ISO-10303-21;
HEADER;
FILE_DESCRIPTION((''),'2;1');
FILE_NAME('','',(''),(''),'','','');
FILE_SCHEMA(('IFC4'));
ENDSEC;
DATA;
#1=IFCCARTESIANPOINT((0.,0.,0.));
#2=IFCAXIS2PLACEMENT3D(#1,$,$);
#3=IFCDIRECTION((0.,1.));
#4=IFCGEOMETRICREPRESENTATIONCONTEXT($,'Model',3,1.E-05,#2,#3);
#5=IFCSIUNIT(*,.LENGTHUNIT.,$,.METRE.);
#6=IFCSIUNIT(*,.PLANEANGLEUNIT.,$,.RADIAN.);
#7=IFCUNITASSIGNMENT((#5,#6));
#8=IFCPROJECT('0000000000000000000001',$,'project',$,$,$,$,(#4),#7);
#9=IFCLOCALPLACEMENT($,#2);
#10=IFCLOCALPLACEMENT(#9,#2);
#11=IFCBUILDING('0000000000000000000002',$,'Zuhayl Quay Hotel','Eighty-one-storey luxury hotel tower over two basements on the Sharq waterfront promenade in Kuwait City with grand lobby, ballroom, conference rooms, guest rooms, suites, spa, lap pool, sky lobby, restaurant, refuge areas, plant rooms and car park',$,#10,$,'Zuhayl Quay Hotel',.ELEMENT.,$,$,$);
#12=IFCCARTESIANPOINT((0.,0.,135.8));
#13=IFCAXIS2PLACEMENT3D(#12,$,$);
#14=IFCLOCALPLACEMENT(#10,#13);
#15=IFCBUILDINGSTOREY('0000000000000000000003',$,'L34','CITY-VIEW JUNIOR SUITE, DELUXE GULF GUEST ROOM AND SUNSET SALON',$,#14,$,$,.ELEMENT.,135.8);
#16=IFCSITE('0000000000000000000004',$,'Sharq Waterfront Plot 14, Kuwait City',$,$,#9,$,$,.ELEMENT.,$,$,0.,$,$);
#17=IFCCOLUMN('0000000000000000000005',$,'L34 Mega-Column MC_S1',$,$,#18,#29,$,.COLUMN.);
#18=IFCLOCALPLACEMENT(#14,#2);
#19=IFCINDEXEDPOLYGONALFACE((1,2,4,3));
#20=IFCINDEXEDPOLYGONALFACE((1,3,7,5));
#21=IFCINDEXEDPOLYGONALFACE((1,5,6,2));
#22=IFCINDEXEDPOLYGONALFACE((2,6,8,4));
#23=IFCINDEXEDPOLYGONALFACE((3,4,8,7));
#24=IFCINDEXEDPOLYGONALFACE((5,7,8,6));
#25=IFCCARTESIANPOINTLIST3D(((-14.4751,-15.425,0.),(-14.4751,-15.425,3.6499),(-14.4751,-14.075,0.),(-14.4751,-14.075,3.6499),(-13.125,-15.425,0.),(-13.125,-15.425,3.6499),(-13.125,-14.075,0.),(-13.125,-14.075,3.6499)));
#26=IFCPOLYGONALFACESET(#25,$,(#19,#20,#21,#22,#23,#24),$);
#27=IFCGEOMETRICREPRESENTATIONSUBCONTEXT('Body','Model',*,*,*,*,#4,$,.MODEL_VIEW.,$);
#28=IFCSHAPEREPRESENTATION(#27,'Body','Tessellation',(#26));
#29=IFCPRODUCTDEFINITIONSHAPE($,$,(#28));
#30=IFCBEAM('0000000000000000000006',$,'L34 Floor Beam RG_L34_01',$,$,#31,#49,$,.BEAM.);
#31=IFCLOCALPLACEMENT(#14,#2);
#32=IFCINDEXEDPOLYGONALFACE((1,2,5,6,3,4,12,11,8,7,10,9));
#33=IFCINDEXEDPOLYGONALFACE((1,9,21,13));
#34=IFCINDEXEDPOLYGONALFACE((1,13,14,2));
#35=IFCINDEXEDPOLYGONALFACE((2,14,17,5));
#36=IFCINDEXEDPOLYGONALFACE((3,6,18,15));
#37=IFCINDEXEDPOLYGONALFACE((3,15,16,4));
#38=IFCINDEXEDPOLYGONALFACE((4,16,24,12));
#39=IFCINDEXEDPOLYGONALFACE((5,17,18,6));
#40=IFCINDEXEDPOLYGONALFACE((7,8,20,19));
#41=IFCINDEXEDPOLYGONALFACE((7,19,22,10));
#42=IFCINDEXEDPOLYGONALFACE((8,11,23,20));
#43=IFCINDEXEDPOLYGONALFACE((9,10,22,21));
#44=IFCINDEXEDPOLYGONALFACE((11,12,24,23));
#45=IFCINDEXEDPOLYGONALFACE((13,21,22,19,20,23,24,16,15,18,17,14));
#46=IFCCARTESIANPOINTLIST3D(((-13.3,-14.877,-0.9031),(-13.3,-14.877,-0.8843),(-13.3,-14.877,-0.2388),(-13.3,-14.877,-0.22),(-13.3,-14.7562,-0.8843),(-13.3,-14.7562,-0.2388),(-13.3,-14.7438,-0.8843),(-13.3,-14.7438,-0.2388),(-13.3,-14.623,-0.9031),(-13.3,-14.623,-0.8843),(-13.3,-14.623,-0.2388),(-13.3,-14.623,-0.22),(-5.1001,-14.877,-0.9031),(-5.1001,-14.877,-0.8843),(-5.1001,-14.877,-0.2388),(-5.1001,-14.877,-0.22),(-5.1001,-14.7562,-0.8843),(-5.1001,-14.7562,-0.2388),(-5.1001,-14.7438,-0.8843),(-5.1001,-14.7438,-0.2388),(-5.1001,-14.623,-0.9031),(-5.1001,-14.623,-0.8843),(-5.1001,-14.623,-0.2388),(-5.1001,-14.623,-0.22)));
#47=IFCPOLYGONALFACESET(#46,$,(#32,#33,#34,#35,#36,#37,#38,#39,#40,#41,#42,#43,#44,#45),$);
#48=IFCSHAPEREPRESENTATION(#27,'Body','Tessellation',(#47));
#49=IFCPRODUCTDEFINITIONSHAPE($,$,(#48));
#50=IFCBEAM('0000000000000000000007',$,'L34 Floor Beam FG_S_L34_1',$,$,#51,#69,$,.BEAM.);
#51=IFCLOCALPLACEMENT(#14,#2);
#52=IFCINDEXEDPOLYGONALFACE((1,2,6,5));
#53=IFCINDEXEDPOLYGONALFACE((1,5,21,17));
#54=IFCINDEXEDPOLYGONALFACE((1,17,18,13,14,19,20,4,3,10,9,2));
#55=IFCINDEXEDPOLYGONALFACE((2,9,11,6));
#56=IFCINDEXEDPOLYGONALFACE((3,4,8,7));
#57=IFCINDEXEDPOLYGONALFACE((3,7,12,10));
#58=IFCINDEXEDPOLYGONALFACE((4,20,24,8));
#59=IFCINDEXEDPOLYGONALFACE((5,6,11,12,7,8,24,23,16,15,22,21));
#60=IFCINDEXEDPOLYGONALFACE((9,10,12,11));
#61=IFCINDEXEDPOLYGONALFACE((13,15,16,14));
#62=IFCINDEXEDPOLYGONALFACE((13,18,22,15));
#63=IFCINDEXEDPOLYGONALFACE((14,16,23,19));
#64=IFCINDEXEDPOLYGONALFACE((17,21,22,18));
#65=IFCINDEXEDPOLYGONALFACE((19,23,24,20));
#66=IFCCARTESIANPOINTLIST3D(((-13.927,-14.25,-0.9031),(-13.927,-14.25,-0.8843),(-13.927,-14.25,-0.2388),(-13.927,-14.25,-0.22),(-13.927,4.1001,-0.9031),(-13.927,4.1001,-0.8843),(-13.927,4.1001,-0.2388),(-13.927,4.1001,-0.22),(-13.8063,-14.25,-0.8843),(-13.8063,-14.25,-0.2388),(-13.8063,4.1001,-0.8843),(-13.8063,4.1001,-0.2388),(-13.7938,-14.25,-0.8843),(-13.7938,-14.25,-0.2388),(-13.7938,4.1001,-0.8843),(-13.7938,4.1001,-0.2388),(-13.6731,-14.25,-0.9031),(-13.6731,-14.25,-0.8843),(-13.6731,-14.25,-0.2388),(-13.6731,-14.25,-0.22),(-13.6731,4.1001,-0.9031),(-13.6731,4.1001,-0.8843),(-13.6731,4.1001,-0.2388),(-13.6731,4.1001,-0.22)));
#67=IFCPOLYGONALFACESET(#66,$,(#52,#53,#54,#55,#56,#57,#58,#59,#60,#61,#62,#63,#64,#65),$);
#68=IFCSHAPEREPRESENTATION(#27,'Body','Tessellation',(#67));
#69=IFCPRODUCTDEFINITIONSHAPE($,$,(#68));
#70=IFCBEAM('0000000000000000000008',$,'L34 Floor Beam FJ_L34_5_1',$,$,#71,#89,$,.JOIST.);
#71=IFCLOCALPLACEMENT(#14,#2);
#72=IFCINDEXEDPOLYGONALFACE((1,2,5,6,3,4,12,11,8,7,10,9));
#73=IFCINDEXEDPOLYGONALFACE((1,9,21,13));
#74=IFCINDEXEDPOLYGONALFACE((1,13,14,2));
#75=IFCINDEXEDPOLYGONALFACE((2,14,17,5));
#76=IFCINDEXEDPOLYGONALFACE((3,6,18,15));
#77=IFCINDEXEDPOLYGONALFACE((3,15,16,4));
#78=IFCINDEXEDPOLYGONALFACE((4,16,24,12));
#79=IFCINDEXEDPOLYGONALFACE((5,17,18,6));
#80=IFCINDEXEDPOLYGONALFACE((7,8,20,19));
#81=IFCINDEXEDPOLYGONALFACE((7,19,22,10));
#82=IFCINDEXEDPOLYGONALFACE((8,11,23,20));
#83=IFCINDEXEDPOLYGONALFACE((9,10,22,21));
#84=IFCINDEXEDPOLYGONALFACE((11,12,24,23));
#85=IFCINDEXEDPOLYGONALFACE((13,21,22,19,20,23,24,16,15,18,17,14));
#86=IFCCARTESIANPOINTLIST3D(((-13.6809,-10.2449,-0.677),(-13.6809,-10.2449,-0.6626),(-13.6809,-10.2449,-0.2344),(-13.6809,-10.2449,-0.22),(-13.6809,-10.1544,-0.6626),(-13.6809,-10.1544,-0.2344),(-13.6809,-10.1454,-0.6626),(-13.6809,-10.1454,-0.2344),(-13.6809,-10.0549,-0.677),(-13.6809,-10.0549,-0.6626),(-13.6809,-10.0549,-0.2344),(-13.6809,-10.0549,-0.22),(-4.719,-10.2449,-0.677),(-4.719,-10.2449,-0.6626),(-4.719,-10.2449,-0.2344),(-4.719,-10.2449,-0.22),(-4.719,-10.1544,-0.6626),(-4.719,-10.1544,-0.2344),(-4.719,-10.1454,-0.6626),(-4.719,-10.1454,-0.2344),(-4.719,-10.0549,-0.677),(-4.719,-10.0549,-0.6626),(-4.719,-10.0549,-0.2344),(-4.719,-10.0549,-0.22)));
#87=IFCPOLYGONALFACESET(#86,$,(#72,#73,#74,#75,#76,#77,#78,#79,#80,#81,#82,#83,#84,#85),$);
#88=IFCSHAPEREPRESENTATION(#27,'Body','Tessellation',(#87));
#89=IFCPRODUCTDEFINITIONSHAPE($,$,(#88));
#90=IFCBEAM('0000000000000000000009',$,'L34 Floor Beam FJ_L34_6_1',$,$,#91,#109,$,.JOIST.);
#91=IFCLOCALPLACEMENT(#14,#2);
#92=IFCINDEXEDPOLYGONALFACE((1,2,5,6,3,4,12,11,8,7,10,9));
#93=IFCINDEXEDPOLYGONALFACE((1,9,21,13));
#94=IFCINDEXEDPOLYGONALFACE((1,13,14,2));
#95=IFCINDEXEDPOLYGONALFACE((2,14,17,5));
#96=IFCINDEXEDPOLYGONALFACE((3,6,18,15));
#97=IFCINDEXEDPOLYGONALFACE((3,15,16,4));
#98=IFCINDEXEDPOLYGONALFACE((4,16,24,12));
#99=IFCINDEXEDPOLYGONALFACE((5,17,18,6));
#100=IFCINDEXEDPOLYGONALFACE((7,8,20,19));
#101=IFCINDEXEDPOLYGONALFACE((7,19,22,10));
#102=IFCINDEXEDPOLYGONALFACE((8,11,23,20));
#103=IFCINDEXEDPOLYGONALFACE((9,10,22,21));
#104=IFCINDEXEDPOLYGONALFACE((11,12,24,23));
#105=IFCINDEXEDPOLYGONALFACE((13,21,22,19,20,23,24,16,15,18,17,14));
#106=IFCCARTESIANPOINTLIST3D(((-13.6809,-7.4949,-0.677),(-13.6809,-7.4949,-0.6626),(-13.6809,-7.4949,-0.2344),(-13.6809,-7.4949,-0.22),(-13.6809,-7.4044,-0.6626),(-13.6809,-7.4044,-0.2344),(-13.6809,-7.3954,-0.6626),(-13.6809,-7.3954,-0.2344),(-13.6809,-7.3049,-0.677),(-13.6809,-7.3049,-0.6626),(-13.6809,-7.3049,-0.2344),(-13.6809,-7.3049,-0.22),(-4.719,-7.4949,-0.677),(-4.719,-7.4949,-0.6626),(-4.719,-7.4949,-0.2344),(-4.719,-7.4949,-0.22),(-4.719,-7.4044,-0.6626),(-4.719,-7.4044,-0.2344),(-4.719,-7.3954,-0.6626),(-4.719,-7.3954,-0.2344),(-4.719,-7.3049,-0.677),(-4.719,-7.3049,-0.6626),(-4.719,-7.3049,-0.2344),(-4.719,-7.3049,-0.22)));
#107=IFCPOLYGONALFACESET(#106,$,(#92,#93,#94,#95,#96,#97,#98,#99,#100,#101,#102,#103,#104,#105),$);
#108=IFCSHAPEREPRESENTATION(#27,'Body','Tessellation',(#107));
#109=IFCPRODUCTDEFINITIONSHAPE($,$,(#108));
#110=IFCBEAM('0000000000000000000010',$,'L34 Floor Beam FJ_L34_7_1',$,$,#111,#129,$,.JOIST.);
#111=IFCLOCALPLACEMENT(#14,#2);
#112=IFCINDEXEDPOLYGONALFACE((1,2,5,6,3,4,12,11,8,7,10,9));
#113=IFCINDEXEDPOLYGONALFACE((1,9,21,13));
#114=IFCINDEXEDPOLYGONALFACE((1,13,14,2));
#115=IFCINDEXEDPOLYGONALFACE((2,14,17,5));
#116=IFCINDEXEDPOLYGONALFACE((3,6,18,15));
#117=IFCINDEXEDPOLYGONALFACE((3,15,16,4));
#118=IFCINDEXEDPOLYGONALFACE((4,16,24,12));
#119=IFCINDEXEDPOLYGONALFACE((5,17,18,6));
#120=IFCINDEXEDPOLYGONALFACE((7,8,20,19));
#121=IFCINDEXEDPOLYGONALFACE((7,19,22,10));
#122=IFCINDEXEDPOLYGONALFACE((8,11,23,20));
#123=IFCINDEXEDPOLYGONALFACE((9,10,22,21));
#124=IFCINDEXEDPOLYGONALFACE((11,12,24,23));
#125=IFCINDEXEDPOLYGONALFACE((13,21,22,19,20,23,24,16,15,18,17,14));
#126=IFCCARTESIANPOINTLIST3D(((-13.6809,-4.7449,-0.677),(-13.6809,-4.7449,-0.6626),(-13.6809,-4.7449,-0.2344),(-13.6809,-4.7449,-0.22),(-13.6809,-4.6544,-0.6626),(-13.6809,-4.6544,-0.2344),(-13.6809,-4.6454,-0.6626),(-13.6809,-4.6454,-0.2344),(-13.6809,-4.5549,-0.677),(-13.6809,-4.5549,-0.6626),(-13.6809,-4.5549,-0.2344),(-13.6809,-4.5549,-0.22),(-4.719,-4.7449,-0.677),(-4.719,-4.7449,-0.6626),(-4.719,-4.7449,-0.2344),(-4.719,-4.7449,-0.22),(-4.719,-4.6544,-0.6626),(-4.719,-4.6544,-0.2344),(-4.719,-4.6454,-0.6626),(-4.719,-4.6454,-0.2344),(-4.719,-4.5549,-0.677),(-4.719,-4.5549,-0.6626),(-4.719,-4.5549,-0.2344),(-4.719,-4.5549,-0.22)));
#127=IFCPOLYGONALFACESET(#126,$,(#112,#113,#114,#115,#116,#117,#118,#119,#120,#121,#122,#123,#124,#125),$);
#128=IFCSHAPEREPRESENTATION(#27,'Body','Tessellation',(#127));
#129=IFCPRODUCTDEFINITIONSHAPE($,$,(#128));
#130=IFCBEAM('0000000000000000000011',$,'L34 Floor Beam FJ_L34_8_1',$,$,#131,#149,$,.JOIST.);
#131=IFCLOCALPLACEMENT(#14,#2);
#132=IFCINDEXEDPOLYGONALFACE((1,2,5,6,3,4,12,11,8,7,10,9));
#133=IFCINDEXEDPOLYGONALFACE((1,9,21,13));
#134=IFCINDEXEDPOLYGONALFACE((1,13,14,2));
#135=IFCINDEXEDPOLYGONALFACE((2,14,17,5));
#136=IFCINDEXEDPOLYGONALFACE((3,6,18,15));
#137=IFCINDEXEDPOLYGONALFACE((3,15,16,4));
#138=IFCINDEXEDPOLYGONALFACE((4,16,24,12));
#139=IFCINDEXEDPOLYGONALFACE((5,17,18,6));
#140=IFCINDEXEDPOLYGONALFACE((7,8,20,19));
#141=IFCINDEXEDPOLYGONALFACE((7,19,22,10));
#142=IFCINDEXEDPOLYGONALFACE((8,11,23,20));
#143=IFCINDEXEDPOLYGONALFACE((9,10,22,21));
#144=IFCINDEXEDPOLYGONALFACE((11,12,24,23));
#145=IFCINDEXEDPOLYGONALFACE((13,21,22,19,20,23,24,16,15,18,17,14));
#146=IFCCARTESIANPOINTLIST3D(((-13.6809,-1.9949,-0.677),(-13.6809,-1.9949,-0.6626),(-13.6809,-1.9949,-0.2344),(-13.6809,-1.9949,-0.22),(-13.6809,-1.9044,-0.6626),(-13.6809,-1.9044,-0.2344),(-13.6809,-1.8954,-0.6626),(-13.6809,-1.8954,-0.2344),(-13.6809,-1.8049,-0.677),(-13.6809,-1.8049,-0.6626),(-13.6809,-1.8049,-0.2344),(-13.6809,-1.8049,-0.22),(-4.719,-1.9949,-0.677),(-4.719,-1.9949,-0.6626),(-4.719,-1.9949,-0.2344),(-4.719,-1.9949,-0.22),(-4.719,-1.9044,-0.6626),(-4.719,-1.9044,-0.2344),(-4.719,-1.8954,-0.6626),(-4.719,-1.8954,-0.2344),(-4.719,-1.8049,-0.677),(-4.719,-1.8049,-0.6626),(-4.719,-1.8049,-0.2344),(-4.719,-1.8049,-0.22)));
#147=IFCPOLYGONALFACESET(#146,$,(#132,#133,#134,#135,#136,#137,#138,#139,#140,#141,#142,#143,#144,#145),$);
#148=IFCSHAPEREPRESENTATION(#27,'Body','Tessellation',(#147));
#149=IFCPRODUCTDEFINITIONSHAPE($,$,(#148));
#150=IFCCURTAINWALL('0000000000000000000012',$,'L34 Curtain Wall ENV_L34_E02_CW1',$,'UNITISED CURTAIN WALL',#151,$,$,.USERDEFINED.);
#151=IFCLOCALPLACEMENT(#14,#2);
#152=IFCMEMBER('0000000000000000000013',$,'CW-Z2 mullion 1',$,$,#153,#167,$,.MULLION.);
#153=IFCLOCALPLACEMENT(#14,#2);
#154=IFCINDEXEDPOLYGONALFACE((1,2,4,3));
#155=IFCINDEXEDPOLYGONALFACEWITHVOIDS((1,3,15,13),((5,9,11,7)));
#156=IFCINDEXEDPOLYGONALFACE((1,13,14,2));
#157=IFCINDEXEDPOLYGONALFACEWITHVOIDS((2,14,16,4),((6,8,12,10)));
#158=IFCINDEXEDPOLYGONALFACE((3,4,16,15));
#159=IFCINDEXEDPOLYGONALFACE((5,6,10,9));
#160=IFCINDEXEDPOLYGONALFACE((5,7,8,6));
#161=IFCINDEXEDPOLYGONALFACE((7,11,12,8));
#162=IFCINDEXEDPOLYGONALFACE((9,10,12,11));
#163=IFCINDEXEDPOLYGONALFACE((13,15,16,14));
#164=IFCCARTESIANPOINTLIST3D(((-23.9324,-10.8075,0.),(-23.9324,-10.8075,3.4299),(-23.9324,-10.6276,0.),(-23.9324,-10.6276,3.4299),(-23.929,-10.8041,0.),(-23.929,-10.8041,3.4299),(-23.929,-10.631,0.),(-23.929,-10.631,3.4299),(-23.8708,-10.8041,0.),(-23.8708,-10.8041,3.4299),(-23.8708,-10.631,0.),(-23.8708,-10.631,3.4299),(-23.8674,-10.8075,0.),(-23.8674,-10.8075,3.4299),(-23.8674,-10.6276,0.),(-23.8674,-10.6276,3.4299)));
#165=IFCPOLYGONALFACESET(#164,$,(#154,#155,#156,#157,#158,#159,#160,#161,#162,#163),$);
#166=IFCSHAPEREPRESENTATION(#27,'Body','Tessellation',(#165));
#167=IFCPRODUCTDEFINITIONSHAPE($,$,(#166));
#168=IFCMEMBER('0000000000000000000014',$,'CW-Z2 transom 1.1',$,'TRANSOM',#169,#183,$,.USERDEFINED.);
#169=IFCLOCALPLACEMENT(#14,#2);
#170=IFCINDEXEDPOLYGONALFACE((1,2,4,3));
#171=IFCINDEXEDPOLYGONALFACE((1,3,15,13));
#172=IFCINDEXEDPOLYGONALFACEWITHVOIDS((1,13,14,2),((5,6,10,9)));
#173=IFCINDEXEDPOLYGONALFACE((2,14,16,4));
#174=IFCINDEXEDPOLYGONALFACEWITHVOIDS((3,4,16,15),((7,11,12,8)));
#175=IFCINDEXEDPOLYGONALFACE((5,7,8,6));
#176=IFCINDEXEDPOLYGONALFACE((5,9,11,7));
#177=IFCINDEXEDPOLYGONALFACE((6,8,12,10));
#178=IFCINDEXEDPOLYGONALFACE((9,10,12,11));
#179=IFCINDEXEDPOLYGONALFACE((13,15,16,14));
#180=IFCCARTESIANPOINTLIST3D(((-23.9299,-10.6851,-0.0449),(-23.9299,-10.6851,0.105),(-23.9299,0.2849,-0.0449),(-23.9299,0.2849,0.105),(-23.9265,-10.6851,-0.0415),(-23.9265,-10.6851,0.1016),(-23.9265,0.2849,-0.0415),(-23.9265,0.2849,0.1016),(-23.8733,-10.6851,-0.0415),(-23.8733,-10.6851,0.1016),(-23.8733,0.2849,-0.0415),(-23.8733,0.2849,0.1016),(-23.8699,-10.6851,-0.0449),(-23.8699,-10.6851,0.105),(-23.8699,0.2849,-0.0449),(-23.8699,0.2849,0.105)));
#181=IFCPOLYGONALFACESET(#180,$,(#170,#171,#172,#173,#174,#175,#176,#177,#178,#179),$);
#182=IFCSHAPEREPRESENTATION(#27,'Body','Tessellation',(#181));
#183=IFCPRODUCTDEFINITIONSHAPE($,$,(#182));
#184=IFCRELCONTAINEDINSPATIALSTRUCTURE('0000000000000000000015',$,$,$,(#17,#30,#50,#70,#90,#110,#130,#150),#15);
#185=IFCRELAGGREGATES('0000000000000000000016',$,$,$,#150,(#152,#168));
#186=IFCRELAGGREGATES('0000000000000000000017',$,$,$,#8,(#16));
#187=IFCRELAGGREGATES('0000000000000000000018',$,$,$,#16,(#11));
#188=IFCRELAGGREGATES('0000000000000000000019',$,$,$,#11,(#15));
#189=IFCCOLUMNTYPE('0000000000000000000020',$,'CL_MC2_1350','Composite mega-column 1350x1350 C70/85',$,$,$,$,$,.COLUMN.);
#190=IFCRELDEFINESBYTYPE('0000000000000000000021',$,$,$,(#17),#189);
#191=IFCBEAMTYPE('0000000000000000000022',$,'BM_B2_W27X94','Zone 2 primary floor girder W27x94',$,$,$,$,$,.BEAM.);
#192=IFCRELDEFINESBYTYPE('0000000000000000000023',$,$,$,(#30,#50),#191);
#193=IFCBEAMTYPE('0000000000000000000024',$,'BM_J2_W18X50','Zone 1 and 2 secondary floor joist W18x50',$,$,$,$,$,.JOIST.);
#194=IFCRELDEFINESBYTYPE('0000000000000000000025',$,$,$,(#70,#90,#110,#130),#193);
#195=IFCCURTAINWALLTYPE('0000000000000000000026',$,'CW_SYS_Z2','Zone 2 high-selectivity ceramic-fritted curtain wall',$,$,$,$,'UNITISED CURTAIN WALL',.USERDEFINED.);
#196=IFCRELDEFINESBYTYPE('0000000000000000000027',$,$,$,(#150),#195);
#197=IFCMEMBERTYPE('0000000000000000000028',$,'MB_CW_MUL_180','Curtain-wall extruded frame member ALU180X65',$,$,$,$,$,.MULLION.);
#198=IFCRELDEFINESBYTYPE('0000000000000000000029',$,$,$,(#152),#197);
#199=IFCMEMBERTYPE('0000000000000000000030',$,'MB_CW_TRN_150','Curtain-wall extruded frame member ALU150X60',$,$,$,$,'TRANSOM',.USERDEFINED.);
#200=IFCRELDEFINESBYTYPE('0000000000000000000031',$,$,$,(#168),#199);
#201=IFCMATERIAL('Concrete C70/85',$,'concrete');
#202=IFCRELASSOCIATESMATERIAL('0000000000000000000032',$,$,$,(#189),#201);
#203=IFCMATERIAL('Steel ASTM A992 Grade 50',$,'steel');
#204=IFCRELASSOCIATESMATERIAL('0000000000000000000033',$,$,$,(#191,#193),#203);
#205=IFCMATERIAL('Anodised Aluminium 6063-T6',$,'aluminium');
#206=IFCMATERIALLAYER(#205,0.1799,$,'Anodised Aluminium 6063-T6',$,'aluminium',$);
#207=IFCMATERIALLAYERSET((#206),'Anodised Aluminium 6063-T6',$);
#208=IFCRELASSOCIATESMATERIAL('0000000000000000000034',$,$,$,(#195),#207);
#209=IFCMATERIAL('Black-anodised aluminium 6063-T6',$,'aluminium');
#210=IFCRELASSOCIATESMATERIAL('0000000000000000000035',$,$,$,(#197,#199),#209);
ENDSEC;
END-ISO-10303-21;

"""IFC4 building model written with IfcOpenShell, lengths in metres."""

from ifc_helpers import new_model, si_unit, direction, frame, origin, origin_2d, place, context, subcontext, project, spatial, rectangle, hollow_rectangle, i_section, extrude, material, layer, layer_set, material_profile, profile_set, type_object, element, aggregate, save


model = new_model("IFC4")

# Units and contexts
model_context = context("Model", 3, precision=1e-05, world=origin(), true_north=direction((0.0, 1.0)))
body_context = subcontext(model_context, "Body", "Model", "MODEL_VIEW")
ifc_project = project(units=[si_unit("LENGTHUNIT", "METRE"), si_unit("PLANEANGLEUNIT", "RADIAN")], contexts=[model_context])

# Site, building, storey
site_placement = place(None, origin())
site = spatial("IfcSite", under=ifc_project, at=site_placement, Name="Sharq Waterfront Plot 14, Kuwait City", CompositionType="ELEMENT", RefElevation=0.0)
building_placement = place(site_placement, origin())
building = spatial("IfcBuilding", under=site, at=building_placement, Name="Zuhayl Quay Hotel", Description="Eighty-one-storey luxury hotel tower over two basements on the Sharq waterfront promenade in Kuwait City with grand lobby, ballroom, conference rooms, guest rooms, suites, spa, lap pool, sky lobby, restaurant, refuge areas, plant rooms and car park", LongName="Zuhayl Quay Hotel", CompositionType="ELEMENT")
storey_placement = place(building_placement, frame((0.0, 0.0, 135.8)))
storey = spatial("IfcBuildingStorey", under=building, at=storey_placement, Name="L34", Description="CITY-VIEW JUNIOR SUITE, DELUXE GULF GUEST ROOM AND SUNSET SALON", CompositionType="ELEMENT", Elevation=135.8)

# Column
ifc_material_1 = material(Name="Concrete C70/85", Category="concrete")
ifc_material_profile_1 = material_profile(ifc_material_1, rectangle(XDim=1.3501, YDim=1.3501, at=origin_2d()), Name="RC1350X1350")
ifc_profile_set_1 = profile_set([ifc_material_profile_1], Name="Concrete C70/85")
column_type = type_object("IfcColumnType", Name="CL_MC2_1350", Description="Composite mega-column 1350x1350 C70/85", PredefinedType="COLUMN", material=ifc_profile_set_1)
column_placement = place(storey_placement, frame((-13.8, -14.75, 0.0), z_axis=(0.0, 0.0, 1.0), x_axis=(1.0, 0.0, 0.0)))
element("IfcColumn", 1, at=column_placement, inside=storey, type_object=column_type, Name="L34 Mega-Column MC_S1", PredefinedType="COLUMN", context=body_context, shape_type="SweptSolid", body=[
    extrude(rectangle(XDim=1.3501, YDim=1.3501, at=origin_2d()), origin(), (0.0, 0.0, 1.0), 3.6499),
])

# Beams
ifc_material_2 = material(Name="Steel ASTM A992 Grade 50", Category="steel")
ifc_material_profile_2 = material_profile(ifc_material_2, i_section(OverallWidth=0.2539, OverallDepth=0.6831, WebThickness=0.0125, FlangeThickness=0.0188, at=origin_2d()), Name="W27X94")
ifc_profile_set_2 = profile_set([ifc_material_profile_2], Name="Steel ASTM A992 Grade 50")
beam_type_1 = type_object("IfcBeamType", Name="BM_B2_W27X94", Description="Zone 2 primary floor girder W27x94", PredefinedType="BEAM", material=ifc_profile_set_2)
beam_1_placement = place(storey_placement, frame((-13.3, -14.75, -0.5615), z_axis=(1.0, 0.0, 0.0), x_axis=(0.0, 1.0, 0.0)))
element("IfcBeam", 2, at=beam_1_placement, inside=storey, type_object=beam_type_1, Name="L34 Floor Beam RG_L34_01", PredefinedType="BEAM", context=body_context, shape_type="SweptSolid", body=[
    extrude(i_section(OverallWidth=0.2539, OverallDepth=0.6831, WebThickness=0.0125, FlangeThickness=0.0188, at=origin_2d()), origin(), (0.0, 0.0, 1.0), 8.2),
])
beam_2_placement = place(storey_placement, frame((-13.8, -14.25, -0.5615), z_axis=(0.0, 1.0, 0.0), x_axis=(-1.0, 0.0, 0.0)))
element("IfcBeam", 3, at=beam_2_placement, inside=storey, type_object=beam_type_1, Name="L34 Floor Beam FG_S_L34_1", PredefinedType="BEAM", context=body_context, shape_type="SweptSolid", body=[
    extrude(i_section(OverallWidth=0.2539, OverallDepth=0.6831, WebThickness=0.0125, FlangeThickness=0.0188, at=origin_2d()), origin(), (0.0, 0.0, 1.0), 18.3501),
])
ifc_material_profile_3 = material_profile(ifc_material_2, i_section(OverallWidth=0.1899, OverallDepth=0.457, WebThickness=0.009, FlangeThickness=0.0144, at=origin_2d()), Name="W18X50")
ifc_profile_set_3 = profile_set([ifc_material_profile_3], Name="Steel ASTM A992 Grade 50")
beam_type_2 = type_object("IfcBeamType", Name="BM_J2_W18X50", Description="Zone 1 and 2 secondary floor joist W18x50", PredefinedType="JOIST", material=ifc_profile_set_3)
for number, where, z_axis, x_axis, name in (
    (4, (-13.6809, -10.1499, -0.4485), (1.0, 0.0, 0.0), (0.0, 1.0, 0.0), "L34 Floor Beam FJ_L34_5_1"),
    (5, (-13.6809, -7.3999, -0.4485), (1.0, 0.0, 0.0), (0.0, 1.0, 0.0), "L34 Floor Beam FJ_L34_6_1"),
    (6, (-13.6809, -4.6499, -0.4485), (1.0, 0.0, 0.0), (0.0, 1.0, 0.0), "L34 Floor Beam FJ_L34_7_1"),
    (7, (-13.6809, -1.8999, -0.4485), (1.0, 0.0, 0.0), (0.0, 1.0, 0.0), "L34 Floor Beam FJ_L34_8_1"),
):
    element("IfcBeam", number, at=place(storey_placement, frame(where, z_axis=z_axis, x_axis=x_axis)), inside=storey, type_object=beam_type_2, Name=name, PredefinedType="JOIST", context=body_context, shape_type="SweptSolid", body=[
        extrude(i_section(OverallWidth=0.1899, OverallDepth=0.457, WebThickness=0.009, FlangeThickness=0.0144, at=origin_2d()), origin(), (0.0, 0.0, 1.0), 8.9619),
    ])

# Curtain wall, members
ifc_material_3 = material(Name="Anodised Aluminium 6063-T6", Category="aluminium")
ifc_layer_1 = layer(ifc_material_3, 0.1799, Name="Anodised Aluminium 6063-T6", Category="aluminium")
ifc_layer_set_1 = layer_set([ifc_layer_1], Name="Anodised Aluminium 6063-T6")
curtain_wall_type = type_object("IfcCurtainWallType", Name="CW_SYS_Z2", Description="Zone 2 high-selectivity ceramic-fritted curtain wall", ElementType="UNITISED CURTAIN WALL", PredefinedType="USERDEFINED", material=ifc_layer_set_1)
curtain_wall_placement = place(storey_placement, origin())
curtain_wall = element("IfcCurtainWall", 8, at=curtain_wall_placement, inside=storey, type_object=curtain_wall_type, Name="L34 Curtain Wall ENV_L34_E02_CW1", ObjectType="UNITISED CURTAIN WALL", PredefinedType="USERDEFINED")
ifc_material_4 = material(Name="Black-anodised aluminium 6063-T6", Category="aluminium")
ifc_material_profile_4 = material_profile(ifc_material_4, hollow_rectangle(XDim=0.0649, YDim=0.1799, WallThickness=0.0034, at=origin_2d()), Name="ALU180X65")
ifc_profile_set_4 = profile_set([ifc_material_profile_4], Name="Black-anodised aluminium 6063-T6")
member_type_1 = type_object("IfcMemberType", Name="MB_CW_MUL_180", Description="Curtain-wall extruded frame member ALU180X65", PredefinedType="MULLION", material=ifc_profile_set_4)
member_1_placement = place(storey_placement, frame((-23.8999, -10.7175, 0.0), z_axis=(0.0, 0.0, 1.0), x_axis=(-1.0, 0.0, 0.0)))
member_1 = element("IfcMember", 9, at=member_1_placement, type_object=member_type_1, Name="CW-Z2 mullion 1", PredefinedType="MULLION", context=body_context, shape_type="SweptSolid", body=[
    extrude(hollow_rectangle(XDim=0.0649, YDim=0.1799, WallThickness=0.0034, at=origin_2d()), origin(), (0.0, 0.0, 1.0), 3.4299),
])
ifc_material_profile_5 = material_profile(ifc_material_4, hollow_rectangle(XDim=0.0601, YDim=0.1499, WallThickness=0.0034, at=origin_2d()), Name="ALU150X60")
ifc_profile_set_5 = profile_set([ifc_material_profile_5], Name="Black-anodised aluminium 6063-T6")
member_type_2 = type_object("IfcMemberType", Name="MB_CW_TRN_150", Description="Curtain-wall extruded frame member ALU150X60", ElementType="TRANSOM", PredefinedType="USERDEFINED", material=ifc_profile_set_5)
member_2_placement = place(storey_placement, frame((-23.8999, -10.6851, 0.03), z_axis=(0.0, 1.0, 0.0), x_axis=(-1.0, 0.0, 0.0)))
member_2 = element("IfcMember", 10, at=member_2_placement, type_object=member_type_2, Name="CW-Z2 transom 1.1", ObjectType="TRANSOM", PredefinedType="USERDEFINED", context=body_context, shape_type="SweptSolid", body=[
    extrude(hollow_rectangle(XDim=0.0601, YDim=0.1499, WallThickness=0.0034, at=origin_2d()), origin(), (0.0, 0.0, 1.0), 10.97),
])
aggregate(curtain_wall, [member_1, member_2])

save(model, "model.ifc")
